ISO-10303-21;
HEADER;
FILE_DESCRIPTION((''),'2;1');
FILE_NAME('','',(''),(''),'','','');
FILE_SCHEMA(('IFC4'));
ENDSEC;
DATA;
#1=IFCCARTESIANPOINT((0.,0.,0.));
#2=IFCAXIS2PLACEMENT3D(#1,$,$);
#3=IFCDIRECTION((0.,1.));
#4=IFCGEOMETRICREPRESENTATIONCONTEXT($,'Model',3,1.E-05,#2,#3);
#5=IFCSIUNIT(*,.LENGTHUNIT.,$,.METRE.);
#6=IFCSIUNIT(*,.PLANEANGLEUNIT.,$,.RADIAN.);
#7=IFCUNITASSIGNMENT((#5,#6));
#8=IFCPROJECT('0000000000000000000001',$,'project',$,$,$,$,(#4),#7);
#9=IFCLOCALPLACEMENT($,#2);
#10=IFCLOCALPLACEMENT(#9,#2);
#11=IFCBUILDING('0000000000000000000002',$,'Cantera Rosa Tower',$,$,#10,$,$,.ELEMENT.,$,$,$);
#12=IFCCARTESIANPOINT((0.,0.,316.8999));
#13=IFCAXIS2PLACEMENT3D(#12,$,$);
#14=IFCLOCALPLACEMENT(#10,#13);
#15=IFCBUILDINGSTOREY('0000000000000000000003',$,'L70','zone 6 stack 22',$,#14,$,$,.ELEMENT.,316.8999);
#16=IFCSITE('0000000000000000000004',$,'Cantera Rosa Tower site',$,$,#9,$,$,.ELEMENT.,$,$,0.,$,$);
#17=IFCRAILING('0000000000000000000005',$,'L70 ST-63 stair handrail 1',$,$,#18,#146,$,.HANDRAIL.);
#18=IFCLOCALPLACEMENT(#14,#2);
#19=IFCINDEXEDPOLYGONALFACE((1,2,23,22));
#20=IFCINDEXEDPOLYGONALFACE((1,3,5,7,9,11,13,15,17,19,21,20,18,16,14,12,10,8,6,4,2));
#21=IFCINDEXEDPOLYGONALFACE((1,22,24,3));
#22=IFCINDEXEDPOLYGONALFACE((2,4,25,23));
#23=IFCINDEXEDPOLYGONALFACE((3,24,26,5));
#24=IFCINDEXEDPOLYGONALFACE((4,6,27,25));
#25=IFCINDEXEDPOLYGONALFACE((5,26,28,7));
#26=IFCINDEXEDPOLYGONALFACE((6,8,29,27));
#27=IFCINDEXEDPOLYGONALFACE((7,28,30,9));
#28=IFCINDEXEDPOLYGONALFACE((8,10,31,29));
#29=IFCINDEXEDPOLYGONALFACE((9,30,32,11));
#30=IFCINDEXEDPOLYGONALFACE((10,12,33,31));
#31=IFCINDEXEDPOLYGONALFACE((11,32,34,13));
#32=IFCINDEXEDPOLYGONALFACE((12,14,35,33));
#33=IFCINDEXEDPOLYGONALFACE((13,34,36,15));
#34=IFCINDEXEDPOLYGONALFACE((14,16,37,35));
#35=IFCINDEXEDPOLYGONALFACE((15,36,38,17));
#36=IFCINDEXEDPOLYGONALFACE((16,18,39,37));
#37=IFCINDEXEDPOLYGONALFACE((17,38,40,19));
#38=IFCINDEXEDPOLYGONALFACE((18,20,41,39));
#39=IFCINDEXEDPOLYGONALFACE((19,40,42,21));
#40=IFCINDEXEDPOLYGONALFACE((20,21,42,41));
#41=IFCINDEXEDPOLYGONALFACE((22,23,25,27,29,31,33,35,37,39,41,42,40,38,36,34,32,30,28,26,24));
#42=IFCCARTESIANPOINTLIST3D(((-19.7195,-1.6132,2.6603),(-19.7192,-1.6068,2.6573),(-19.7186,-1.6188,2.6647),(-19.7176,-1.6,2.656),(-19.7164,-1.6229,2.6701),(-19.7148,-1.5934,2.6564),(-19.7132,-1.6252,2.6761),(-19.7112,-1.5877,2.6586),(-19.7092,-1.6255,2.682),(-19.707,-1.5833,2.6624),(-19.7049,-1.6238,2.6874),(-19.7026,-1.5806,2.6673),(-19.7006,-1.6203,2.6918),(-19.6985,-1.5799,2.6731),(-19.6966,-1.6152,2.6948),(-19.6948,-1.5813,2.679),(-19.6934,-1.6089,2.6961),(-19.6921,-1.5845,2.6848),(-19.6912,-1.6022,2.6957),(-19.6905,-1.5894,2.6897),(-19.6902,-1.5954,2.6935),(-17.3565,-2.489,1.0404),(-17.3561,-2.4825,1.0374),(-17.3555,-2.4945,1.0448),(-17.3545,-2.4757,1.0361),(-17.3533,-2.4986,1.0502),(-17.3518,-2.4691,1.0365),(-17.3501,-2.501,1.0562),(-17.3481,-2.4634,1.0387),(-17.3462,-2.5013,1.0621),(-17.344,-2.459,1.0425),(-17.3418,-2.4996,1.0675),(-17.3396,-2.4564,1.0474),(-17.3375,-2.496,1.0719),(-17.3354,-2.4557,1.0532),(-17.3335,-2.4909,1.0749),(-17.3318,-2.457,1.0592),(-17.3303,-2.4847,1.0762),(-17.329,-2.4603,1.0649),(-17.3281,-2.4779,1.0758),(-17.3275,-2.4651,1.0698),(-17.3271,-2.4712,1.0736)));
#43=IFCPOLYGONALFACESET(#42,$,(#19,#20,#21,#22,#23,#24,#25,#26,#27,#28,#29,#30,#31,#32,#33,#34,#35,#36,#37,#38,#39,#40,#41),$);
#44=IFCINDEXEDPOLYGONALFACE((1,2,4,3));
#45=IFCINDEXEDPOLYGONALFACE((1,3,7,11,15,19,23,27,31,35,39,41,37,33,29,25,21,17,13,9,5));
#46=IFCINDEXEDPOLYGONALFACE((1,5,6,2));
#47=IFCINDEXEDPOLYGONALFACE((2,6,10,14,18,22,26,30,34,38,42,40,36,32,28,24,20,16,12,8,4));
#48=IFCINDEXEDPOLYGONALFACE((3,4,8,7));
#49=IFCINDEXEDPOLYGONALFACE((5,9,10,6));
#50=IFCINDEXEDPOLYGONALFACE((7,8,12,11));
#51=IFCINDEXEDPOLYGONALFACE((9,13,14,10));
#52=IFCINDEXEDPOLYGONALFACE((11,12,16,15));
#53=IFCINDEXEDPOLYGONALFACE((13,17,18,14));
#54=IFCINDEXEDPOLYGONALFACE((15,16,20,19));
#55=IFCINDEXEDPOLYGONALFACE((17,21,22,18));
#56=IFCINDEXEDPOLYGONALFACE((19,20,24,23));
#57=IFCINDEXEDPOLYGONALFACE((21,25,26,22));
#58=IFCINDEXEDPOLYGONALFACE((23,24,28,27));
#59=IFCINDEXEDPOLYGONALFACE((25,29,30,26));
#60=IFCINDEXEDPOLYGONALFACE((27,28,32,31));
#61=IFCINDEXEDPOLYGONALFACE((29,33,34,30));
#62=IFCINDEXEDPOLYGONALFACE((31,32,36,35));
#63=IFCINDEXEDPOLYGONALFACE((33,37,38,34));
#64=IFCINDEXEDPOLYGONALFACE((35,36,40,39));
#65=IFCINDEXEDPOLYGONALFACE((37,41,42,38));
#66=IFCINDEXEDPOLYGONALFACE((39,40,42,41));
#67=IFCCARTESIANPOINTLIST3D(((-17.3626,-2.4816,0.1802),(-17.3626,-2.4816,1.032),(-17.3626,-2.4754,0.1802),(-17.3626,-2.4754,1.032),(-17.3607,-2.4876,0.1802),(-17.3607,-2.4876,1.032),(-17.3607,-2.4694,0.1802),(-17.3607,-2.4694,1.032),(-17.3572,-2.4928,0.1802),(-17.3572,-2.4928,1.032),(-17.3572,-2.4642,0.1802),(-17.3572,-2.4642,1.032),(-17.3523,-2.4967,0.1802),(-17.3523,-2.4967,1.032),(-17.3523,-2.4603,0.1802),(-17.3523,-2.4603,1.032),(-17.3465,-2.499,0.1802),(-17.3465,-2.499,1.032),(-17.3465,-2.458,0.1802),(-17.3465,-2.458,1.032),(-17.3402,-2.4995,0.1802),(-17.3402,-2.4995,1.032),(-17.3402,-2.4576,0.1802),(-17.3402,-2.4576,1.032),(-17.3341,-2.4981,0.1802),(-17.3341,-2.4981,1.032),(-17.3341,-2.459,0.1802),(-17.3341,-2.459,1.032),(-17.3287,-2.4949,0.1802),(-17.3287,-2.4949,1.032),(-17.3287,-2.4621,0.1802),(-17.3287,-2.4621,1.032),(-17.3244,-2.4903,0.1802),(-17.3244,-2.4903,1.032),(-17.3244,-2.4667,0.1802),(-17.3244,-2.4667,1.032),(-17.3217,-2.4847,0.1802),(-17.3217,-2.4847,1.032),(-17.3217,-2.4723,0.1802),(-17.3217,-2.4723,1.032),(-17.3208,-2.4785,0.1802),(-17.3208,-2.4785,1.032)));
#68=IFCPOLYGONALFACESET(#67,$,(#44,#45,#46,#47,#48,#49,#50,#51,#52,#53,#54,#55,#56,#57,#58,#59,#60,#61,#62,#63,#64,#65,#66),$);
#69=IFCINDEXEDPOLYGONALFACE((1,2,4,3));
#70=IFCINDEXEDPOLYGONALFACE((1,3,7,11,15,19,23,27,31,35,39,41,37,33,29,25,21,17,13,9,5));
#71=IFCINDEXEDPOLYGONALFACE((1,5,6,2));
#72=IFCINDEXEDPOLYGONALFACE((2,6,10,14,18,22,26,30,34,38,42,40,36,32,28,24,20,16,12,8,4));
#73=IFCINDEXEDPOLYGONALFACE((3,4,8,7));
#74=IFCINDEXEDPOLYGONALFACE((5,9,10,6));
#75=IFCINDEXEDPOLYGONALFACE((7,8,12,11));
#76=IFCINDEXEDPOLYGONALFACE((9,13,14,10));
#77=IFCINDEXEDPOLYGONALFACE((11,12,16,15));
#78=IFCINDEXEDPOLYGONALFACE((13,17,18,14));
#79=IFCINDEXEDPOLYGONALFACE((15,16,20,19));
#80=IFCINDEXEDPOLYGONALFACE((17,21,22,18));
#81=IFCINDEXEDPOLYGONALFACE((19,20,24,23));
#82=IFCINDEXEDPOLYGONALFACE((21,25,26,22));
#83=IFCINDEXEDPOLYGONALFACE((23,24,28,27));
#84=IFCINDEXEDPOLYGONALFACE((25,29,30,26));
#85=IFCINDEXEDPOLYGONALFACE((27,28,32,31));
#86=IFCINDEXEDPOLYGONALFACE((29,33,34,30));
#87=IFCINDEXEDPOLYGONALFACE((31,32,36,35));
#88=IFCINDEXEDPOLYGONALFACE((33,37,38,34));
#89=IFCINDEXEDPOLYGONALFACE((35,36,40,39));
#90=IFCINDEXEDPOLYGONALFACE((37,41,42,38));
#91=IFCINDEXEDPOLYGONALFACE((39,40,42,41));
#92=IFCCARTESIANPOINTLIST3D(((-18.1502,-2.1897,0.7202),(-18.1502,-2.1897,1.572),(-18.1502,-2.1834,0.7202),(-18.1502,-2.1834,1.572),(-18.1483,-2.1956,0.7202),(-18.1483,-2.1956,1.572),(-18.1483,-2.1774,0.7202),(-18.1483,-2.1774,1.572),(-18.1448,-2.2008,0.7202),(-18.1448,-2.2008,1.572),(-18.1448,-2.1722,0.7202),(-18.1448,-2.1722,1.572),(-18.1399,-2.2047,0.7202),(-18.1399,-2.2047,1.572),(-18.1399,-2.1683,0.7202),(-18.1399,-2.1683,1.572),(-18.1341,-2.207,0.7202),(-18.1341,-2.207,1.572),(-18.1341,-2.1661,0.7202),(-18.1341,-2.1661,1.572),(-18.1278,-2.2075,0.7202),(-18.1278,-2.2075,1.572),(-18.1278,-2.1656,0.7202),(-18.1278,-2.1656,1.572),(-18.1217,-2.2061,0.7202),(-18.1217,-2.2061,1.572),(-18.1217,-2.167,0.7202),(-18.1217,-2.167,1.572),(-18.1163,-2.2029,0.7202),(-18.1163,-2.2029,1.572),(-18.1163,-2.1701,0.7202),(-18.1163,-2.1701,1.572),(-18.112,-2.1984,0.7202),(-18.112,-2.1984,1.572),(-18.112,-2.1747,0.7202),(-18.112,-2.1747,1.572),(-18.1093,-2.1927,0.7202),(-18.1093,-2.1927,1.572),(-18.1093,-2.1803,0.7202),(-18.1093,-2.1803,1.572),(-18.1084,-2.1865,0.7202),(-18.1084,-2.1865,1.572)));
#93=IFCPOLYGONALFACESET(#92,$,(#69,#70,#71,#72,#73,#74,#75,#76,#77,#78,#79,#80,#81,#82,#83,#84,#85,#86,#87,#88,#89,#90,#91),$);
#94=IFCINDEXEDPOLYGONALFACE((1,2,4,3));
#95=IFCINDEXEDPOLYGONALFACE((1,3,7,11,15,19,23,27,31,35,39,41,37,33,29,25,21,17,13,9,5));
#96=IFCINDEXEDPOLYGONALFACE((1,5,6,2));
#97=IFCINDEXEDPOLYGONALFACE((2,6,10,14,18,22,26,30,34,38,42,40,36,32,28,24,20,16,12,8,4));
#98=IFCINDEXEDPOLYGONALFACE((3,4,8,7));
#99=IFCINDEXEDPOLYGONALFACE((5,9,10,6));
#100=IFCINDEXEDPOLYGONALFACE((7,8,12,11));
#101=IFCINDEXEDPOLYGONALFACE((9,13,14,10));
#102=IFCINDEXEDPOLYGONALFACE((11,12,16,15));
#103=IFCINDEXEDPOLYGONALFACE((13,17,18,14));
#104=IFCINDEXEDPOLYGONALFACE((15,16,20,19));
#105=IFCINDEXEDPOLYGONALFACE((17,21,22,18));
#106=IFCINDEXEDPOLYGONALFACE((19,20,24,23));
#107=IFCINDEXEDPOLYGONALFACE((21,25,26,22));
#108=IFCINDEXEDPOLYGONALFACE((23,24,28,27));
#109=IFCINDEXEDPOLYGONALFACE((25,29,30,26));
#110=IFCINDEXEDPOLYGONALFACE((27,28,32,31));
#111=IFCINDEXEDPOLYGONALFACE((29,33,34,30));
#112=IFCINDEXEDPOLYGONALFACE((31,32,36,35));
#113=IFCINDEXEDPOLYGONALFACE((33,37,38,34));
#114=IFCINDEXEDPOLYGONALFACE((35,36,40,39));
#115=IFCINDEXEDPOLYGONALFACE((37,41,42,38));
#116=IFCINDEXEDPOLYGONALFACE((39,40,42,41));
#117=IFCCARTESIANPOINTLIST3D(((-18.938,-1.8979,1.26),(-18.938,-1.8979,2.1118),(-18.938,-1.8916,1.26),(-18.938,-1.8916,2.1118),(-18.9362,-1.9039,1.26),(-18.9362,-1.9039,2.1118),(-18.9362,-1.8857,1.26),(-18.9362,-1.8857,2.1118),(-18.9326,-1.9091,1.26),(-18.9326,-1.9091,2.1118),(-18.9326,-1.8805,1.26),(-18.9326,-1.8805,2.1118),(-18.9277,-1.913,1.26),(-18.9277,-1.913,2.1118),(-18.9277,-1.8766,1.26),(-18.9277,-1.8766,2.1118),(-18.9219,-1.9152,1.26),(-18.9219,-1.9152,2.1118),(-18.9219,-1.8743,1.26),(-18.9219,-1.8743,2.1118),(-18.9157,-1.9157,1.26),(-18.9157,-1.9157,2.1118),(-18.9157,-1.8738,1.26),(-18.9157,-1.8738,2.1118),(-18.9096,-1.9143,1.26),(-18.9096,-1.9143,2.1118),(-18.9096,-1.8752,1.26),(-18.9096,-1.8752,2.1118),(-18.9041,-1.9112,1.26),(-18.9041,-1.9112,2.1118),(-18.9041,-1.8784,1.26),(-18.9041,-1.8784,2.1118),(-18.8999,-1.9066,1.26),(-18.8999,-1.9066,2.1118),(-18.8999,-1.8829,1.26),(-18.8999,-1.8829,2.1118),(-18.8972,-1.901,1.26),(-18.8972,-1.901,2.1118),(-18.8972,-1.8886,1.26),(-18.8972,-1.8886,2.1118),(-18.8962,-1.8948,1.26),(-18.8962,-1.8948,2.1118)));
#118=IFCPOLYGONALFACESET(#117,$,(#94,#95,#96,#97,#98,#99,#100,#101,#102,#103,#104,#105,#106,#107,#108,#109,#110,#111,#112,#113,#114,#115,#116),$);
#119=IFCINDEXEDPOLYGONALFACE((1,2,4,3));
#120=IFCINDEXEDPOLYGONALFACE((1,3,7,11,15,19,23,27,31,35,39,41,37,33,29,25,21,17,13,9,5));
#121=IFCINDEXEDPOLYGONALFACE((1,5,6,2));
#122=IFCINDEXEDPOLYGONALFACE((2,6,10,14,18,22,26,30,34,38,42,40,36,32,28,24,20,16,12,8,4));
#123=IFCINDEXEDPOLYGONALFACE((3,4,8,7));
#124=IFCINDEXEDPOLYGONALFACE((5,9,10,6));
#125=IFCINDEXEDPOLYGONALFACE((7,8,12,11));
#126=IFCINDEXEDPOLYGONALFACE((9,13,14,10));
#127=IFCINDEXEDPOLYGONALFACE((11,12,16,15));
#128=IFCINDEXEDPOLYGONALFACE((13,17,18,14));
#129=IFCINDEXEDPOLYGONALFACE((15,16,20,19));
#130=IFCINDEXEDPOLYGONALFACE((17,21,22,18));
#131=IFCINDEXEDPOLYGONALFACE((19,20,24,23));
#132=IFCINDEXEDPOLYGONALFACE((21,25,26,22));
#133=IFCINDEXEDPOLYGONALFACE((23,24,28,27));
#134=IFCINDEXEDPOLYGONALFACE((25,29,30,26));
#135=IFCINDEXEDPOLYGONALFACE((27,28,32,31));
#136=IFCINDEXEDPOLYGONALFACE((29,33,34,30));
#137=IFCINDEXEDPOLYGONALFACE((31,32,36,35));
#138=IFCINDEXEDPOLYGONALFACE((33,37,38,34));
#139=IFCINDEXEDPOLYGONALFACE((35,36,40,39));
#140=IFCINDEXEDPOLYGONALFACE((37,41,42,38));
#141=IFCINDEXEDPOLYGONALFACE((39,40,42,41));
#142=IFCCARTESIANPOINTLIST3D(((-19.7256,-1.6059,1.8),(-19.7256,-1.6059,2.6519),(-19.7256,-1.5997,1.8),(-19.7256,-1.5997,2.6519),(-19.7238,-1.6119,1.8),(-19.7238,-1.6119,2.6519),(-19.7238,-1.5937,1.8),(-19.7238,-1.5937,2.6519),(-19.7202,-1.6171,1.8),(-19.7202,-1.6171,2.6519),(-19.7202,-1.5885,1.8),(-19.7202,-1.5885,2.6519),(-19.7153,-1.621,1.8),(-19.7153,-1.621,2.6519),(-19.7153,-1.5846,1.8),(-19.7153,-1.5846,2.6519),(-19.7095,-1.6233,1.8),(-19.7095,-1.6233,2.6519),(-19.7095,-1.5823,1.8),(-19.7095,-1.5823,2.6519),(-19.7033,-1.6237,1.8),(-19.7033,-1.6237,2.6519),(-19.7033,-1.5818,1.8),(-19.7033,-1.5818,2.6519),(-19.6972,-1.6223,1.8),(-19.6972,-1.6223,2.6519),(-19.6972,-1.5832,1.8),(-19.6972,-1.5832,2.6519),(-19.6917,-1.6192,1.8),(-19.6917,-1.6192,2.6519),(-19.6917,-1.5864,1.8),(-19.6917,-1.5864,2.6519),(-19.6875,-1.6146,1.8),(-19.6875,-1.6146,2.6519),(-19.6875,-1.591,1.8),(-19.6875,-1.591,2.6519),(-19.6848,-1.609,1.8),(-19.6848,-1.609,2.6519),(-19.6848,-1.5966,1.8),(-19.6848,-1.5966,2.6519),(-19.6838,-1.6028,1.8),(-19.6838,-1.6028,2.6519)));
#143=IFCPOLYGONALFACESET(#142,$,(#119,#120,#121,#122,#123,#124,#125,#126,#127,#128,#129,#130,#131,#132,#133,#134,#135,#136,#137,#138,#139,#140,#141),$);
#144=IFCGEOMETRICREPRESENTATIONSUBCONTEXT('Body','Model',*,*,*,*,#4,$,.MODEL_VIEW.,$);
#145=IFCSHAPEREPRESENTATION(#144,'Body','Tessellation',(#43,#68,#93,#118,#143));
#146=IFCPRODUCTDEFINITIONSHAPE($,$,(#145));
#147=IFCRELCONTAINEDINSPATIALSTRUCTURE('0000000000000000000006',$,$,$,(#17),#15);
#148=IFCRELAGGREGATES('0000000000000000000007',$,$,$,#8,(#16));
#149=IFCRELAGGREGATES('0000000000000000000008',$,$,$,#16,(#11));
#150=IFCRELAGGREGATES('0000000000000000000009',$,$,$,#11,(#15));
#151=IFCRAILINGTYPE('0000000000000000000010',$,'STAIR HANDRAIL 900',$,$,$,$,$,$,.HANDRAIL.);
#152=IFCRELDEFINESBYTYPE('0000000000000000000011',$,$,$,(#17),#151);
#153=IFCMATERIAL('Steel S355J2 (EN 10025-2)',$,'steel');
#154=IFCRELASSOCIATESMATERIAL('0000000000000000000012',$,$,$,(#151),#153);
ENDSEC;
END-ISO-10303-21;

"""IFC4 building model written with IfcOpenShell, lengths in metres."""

from ifc_helpers import new_model, si_unit, direction, frame, origin, origin_2d, place, context, subcontext, project, spatial, circle, extrude, material, type_object, element, save


model = new_model("IFC4")

# Units and contexts
model_context = context("Model", 3, precision=1e-05, world=origin(), true_north=direction((0.0, 1.0)))
body_context = subcontext(model_context, "Body", "Model", "MODEL_VIEW")
ifc_project = project(units=[si_unit("LENGTHUNIT", "METRE"), si_unit("PLANEANGLEUNIT", "RADIAN")], contexts=[model_context])

# Site, building, storey
site_placement = place(None, origin())
site = spatial("IfcSite", under=ifc_project, at=site_placement, Name="Cantera Rosa Tower site", CompositionType="ELEMENT", RefElevation=0.0)
building_placement = place(site_placement, origin())
building = spatial("IfcBuilding", under=site, at=building_placement, Name="Cantera Rosa Tower", CompositionType="ELEMENT")
storey_placement = place(building_placement, frame((0.0, 0.0, 316.8999)))
storey = spatial("IfcBuildingStorey", under=building, at=storey_placement, Name="L70", Description="zone 6 stack 22", CompositionType="ELEMENT", Elevation=316.8999)

# Railing
ifc_material_1 = material(Name="Steel S355J2 (EN 10025-2)", Category="steel")
railing_type_1 = type_object("IfcRailingType", Name="STAIR HANDRAIL 900", PredefinedType="HANDRAIL", material=ifc_material_1)
railing_1_placement = place(storey_placement, frame((-17.3418, -2.4785, 0.1802)))
element("IfcRailing", 1, at=railing_1_placement, inside=storey, type_object=railing_type_1, Name="L70 ST-63 stair handrail 1", PredefinedType="HANDRAIL", context=body_context, shape_type="SweptSolid", body=[
    extrude(circle(Radius=0.0239, at=origin_2d()), frame((0.0, 0.0, 0.876), z_axis=(-0.788782, 0.29232, 0.540714), x_axis=(-0.347501, -0.93768, 0.0)), (0.0, 0.0, 1.0), 2.9958),
    extrude(circle(Radius=0.021, at=origin_2d()), origin(), (0.0, 0.0, 1.0), 0.8518),
    extrude(circle(Radius=0.021, at=origin_2d()), frame((-0.7876, 0.292, 0.54)), (0.0, 0.0, 1.0), 0.8518),
    extrude(circle(Radius=0.021, at=origin_2d()), frame((-1.5754, 0.5837, 1.0798)), (0.0, 0.0, 1.0), 0.8518),
    extrude(circle(Radius=0.021, at=origin_2d()), frame((-2.363, 0.8757, 1.6199)), (0.0, 0.0, 1.0), 0.8518),
])

save(model, "model.ifc")
